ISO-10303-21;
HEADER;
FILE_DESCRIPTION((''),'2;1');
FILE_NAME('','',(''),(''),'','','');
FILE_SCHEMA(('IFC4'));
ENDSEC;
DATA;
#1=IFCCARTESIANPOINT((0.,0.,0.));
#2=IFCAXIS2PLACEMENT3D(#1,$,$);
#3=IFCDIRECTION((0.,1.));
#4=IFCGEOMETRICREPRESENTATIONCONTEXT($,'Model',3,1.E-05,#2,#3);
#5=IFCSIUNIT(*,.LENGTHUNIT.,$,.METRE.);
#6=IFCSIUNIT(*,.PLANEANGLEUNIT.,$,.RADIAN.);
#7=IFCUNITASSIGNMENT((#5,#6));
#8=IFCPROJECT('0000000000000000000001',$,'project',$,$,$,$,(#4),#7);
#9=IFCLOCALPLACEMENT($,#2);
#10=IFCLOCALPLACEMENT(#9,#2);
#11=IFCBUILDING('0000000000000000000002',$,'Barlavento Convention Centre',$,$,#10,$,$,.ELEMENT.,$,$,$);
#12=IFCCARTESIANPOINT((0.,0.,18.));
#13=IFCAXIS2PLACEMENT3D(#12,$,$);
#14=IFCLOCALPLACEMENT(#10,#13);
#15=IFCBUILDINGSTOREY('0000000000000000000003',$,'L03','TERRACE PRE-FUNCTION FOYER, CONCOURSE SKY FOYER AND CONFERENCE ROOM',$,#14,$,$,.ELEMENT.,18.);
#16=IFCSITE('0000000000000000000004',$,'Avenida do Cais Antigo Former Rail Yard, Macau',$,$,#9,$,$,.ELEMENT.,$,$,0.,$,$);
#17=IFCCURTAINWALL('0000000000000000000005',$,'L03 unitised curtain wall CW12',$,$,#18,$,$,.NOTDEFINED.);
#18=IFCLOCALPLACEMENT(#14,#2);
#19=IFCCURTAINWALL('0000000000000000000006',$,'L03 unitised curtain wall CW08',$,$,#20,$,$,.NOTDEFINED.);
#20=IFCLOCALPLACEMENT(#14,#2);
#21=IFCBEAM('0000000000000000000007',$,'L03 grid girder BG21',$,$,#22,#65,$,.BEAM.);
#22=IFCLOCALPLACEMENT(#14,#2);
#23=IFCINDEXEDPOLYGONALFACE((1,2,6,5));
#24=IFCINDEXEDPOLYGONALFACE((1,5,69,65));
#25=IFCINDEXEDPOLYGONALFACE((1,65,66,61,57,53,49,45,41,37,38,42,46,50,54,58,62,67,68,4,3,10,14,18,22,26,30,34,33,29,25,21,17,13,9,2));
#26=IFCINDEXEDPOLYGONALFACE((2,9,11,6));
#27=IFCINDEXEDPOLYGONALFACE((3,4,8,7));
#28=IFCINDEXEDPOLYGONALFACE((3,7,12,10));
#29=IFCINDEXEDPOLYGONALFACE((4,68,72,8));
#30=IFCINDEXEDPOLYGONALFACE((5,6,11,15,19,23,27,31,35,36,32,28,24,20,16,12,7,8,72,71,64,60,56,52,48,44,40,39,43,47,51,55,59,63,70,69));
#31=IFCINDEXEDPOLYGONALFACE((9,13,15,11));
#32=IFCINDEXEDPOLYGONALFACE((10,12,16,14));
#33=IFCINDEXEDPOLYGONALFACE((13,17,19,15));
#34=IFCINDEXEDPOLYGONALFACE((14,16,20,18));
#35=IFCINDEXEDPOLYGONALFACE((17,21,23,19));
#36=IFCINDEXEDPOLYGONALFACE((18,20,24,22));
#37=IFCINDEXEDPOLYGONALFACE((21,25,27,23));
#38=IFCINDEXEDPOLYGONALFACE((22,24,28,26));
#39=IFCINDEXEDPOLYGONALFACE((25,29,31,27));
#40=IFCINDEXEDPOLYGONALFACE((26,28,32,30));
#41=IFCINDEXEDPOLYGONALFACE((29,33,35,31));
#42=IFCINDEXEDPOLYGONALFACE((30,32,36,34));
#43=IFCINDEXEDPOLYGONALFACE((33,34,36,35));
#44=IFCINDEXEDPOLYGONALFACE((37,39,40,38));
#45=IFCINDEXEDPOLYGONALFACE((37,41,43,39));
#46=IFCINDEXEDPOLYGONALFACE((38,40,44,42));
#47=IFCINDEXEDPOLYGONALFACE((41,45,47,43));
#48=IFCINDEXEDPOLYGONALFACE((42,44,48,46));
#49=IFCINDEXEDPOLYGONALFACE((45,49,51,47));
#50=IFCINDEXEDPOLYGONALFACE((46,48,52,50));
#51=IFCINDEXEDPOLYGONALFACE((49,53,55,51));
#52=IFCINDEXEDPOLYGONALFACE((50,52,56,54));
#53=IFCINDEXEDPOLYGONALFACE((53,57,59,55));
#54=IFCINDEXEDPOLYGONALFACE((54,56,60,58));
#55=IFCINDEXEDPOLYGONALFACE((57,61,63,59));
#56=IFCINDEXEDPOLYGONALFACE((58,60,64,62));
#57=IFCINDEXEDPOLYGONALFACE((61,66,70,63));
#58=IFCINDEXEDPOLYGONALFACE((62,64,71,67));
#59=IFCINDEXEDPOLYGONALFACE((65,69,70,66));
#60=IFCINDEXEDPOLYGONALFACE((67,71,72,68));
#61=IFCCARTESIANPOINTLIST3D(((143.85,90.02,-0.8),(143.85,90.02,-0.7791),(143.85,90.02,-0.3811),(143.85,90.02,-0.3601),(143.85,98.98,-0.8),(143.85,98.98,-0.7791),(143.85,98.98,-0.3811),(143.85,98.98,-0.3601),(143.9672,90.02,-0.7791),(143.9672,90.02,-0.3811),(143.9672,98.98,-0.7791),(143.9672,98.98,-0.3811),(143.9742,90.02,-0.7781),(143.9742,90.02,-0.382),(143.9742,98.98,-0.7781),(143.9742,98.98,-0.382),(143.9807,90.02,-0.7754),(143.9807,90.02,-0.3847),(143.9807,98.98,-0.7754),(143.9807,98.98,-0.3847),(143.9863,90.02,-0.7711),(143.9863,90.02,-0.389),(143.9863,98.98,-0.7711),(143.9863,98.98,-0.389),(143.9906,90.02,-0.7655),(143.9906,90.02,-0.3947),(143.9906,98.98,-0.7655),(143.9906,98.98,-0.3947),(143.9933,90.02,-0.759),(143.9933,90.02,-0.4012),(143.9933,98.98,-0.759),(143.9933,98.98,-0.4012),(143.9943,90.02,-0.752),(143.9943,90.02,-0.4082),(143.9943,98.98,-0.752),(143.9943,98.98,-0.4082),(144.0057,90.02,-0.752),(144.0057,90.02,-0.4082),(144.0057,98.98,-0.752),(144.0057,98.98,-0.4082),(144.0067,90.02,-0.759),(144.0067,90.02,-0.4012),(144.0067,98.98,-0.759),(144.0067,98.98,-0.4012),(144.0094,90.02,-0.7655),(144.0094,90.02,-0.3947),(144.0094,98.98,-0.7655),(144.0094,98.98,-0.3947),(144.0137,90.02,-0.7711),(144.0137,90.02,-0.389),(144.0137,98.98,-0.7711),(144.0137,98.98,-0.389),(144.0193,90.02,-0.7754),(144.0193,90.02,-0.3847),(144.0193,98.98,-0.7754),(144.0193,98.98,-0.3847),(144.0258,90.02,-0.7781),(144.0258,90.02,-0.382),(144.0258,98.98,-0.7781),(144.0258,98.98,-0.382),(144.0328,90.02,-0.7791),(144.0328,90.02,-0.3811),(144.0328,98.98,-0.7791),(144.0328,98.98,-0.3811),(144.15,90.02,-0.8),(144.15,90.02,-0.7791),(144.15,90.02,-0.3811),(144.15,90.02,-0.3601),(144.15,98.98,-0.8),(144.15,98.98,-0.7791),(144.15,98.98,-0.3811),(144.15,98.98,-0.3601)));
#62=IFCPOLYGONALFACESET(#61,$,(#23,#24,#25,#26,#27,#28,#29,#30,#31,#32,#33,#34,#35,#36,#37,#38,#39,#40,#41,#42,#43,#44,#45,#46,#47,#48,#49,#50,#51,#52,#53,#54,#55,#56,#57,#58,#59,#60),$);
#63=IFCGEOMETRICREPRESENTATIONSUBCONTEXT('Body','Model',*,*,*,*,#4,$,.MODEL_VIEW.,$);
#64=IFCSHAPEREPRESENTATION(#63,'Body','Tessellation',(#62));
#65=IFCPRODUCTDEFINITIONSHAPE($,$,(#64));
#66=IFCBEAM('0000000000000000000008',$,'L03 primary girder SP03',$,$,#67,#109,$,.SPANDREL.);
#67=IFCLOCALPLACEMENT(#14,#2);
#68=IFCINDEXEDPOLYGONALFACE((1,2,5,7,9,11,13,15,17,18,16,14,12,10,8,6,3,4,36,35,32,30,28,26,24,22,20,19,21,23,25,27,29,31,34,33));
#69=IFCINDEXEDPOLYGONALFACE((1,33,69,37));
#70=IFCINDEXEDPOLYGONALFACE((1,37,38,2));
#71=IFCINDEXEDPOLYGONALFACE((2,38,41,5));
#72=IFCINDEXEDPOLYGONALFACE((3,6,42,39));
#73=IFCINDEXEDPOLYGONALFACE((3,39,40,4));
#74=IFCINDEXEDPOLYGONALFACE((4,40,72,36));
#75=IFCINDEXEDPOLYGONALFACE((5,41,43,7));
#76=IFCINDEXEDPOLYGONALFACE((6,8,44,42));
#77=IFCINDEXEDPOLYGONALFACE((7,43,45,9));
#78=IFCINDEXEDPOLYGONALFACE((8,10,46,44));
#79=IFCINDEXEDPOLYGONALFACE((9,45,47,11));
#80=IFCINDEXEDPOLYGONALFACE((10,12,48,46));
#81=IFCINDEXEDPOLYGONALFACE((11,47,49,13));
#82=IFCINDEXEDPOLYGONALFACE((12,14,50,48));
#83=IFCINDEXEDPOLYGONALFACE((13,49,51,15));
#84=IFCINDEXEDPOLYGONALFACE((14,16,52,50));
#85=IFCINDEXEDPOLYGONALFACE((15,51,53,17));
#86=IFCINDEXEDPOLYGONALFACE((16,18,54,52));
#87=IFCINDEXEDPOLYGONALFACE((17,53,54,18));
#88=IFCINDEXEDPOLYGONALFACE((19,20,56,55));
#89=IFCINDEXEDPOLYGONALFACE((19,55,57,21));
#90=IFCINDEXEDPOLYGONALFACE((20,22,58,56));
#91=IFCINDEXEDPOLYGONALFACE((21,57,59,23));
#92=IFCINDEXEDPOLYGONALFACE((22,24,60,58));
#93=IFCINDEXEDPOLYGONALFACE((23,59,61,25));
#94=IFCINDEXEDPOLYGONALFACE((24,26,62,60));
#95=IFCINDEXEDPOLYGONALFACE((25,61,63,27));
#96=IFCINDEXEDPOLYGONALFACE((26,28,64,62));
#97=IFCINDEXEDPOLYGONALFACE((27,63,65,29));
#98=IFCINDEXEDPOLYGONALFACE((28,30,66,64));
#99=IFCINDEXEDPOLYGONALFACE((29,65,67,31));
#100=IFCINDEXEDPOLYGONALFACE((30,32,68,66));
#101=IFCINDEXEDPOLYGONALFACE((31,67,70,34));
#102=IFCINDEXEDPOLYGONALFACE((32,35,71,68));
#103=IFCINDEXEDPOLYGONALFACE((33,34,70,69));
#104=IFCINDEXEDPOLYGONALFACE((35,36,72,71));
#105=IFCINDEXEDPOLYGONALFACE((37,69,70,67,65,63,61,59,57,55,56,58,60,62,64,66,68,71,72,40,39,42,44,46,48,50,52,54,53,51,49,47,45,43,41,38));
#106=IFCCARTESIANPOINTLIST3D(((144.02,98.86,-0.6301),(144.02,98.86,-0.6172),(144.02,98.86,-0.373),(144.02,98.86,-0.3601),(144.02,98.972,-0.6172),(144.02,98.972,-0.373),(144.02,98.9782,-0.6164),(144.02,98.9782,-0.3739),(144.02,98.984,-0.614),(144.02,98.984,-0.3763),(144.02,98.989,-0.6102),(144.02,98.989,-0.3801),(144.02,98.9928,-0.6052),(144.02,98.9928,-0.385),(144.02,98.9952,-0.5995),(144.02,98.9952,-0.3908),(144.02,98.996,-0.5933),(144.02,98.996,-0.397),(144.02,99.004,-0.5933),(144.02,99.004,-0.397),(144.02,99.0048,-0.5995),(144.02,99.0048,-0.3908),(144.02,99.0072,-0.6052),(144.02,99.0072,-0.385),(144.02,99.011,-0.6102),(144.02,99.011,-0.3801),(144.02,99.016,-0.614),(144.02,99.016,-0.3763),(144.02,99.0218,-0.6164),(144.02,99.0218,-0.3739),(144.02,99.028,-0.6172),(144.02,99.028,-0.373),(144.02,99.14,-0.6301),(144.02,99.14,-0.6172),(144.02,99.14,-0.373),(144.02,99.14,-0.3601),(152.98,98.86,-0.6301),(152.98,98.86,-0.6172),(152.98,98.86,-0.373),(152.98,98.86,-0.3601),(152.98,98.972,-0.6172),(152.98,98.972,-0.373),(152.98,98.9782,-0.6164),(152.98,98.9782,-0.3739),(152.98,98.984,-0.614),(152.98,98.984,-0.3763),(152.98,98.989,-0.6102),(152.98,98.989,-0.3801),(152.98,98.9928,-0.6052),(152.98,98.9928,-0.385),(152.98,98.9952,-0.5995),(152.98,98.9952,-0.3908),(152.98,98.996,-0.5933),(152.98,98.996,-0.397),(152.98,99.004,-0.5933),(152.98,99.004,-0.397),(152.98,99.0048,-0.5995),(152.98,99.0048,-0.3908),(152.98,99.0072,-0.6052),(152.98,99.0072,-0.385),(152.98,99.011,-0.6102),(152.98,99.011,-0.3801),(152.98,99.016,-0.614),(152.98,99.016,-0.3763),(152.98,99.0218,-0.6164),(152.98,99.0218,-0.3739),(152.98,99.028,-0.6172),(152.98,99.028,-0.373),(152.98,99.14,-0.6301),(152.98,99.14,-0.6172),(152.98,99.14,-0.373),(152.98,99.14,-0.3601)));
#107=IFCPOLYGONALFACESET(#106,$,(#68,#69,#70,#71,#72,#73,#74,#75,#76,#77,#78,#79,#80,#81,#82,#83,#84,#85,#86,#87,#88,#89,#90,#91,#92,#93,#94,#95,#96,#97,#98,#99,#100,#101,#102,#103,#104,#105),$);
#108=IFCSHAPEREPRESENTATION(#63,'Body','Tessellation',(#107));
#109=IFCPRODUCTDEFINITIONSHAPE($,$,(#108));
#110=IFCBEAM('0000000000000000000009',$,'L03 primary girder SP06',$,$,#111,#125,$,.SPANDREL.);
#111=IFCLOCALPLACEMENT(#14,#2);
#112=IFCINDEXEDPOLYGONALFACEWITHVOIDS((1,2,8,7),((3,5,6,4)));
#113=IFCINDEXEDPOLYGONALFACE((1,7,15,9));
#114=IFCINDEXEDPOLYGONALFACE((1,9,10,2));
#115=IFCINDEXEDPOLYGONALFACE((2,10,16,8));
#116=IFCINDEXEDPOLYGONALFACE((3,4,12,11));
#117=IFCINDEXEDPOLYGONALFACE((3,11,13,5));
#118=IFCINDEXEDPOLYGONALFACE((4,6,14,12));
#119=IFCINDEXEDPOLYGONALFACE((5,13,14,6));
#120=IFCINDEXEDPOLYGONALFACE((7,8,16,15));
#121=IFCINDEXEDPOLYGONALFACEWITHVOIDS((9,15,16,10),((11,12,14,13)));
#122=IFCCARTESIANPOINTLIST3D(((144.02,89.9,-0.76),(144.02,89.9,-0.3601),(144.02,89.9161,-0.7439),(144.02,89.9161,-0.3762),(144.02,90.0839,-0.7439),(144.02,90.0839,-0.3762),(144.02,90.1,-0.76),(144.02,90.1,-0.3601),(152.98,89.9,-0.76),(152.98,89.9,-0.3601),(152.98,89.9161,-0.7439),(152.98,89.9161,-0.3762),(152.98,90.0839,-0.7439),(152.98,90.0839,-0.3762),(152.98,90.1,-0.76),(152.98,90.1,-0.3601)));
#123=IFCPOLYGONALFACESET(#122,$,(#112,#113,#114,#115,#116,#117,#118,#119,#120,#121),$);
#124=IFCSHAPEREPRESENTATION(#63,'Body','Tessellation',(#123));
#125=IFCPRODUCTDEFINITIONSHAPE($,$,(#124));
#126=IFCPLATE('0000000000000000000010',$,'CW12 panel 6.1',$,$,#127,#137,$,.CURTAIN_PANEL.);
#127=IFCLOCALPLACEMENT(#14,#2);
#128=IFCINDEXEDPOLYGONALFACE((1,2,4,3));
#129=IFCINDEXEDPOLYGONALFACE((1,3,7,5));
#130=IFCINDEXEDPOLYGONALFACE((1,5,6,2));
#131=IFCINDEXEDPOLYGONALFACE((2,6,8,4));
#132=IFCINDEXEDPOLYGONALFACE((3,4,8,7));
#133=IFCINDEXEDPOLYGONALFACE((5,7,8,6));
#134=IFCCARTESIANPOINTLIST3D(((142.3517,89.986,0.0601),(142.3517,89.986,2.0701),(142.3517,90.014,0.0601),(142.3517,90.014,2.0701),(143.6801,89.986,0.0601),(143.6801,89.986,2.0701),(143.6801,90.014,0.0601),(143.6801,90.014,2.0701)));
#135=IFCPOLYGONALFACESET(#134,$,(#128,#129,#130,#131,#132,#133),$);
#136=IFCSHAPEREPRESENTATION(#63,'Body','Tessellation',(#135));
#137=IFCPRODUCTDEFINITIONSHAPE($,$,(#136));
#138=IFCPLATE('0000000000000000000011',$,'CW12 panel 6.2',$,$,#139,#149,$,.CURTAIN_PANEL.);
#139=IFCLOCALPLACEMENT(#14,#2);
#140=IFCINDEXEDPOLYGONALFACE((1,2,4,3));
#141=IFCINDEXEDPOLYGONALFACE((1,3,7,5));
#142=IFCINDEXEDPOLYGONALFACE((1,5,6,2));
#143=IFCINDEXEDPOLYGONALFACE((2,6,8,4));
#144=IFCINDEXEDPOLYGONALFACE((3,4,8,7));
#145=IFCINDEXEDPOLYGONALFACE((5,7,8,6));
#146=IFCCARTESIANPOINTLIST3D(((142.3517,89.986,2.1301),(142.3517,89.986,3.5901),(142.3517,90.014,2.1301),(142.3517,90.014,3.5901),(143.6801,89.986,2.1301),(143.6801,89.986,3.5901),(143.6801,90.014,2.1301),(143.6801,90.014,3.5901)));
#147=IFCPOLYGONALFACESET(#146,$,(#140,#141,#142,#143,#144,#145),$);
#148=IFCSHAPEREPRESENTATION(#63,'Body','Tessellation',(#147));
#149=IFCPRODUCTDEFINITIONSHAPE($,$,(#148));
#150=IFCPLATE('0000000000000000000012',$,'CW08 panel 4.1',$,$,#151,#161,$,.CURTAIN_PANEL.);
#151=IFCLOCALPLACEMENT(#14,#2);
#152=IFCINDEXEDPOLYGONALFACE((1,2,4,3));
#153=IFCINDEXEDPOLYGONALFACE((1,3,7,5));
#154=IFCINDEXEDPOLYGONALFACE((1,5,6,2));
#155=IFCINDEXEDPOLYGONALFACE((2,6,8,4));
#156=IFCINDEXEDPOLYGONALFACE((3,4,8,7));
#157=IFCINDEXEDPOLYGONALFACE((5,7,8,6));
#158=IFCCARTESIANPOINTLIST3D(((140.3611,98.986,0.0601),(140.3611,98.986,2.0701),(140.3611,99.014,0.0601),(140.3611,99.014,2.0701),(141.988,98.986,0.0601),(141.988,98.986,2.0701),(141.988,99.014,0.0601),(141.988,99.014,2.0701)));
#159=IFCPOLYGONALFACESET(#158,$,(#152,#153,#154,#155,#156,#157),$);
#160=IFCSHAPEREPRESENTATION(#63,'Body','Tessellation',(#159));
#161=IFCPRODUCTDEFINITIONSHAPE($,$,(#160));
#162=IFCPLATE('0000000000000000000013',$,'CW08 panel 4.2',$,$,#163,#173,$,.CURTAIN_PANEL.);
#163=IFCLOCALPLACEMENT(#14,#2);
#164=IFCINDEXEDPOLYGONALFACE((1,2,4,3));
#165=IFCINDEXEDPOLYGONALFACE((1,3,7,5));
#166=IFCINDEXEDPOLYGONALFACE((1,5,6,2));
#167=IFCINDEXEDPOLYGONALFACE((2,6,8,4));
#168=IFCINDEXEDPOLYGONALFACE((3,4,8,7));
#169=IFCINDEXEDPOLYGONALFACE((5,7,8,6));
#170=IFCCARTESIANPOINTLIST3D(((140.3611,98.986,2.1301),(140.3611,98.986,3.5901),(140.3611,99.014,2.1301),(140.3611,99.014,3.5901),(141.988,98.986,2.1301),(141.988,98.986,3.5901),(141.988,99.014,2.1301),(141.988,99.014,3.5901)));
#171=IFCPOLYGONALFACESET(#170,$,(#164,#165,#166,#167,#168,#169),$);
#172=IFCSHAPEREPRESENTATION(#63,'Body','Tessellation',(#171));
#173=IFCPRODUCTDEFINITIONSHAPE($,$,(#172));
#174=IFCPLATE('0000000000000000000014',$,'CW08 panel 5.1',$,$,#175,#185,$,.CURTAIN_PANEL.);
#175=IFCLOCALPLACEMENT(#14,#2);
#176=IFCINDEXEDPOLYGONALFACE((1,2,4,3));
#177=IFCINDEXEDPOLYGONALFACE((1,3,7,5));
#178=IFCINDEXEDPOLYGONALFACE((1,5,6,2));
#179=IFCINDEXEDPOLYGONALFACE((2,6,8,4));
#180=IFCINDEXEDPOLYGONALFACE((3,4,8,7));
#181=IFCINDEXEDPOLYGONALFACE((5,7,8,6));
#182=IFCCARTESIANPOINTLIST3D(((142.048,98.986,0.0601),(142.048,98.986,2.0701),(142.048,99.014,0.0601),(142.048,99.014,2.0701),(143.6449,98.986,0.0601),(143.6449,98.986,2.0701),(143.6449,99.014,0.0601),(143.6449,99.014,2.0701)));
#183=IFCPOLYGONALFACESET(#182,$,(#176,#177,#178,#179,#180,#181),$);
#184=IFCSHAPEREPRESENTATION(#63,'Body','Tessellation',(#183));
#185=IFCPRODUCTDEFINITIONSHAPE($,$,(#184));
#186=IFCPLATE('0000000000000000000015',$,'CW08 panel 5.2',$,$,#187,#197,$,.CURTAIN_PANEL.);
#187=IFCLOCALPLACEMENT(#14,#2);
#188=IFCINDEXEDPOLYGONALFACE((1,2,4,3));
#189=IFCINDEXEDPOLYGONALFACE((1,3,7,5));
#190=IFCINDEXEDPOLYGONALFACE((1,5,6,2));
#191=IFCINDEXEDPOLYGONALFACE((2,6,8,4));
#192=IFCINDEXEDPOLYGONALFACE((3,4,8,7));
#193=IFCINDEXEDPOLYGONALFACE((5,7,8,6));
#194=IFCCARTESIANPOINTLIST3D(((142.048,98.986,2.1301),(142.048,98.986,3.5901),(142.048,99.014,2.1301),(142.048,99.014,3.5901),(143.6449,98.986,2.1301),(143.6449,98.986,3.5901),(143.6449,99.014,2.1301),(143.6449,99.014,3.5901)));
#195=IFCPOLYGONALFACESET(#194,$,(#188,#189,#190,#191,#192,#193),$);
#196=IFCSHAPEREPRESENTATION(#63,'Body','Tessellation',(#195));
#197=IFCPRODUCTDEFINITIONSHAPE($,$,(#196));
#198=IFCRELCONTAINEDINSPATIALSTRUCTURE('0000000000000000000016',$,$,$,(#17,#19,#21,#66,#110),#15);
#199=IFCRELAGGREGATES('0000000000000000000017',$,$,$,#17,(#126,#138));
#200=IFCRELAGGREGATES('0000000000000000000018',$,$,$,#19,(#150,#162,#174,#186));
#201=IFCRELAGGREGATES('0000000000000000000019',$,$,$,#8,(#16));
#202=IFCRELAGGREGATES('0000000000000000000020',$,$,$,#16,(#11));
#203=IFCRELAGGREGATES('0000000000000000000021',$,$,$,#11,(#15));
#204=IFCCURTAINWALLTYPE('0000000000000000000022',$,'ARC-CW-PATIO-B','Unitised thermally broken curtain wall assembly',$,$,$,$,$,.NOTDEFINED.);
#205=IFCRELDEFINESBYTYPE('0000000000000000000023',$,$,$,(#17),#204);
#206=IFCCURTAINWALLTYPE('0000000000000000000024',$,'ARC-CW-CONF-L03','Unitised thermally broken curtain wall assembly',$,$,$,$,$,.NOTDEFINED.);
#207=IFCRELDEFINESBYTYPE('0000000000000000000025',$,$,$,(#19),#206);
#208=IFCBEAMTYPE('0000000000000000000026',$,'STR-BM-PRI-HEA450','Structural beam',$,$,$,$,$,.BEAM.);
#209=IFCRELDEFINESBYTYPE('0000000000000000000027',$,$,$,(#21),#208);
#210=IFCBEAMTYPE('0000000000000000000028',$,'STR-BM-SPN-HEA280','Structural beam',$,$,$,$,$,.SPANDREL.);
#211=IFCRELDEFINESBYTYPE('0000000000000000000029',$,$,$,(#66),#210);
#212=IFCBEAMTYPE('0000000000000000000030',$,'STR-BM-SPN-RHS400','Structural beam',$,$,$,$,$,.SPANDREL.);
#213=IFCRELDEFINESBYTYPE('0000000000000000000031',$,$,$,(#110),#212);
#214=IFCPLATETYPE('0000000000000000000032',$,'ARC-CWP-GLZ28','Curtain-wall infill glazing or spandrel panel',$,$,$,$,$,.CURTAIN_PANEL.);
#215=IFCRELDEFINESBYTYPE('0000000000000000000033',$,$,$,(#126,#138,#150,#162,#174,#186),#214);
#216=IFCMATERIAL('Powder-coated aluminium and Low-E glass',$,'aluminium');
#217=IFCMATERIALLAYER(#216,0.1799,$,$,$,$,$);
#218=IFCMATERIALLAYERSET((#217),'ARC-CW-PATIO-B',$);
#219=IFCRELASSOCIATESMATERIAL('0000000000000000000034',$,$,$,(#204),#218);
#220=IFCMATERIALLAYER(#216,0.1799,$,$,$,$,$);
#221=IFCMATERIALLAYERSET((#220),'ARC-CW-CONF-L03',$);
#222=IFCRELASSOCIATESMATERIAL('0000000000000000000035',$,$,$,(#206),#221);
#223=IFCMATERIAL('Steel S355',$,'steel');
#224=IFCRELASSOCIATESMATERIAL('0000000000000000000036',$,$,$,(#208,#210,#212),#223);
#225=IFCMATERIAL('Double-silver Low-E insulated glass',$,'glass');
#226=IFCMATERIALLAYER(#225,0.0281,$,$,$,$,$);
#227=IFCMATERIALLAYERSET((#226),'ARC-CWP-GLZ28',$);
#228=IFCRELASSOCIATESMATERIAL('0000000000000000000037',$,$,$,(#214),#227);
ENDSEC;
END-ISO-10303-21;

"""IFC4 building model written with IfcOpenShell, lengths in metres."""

from ifc_helpers import new_model, si_unit, direction, frame, origin, origin_2d, place, context, subcontext, project, spatial, rectangle, hollow_rectangle, i_section, extrude, material, layer, layer_set, material_profile, profile_set, type_object, element, aggregate, save


model = new_model("IFC4")

# Units and contexts
model_context = context("Model", 3, precision=1e-05, world=origin(), true_north=direction((0.0, 1.0)))
body_context = subcontext(model_context, "Body", "Model", "MODEL_VIEW")
ifc_project = project(units=[si_unit("LENGTHUNIT", "METRE"), si_unit("PLANEANGLEUNIT", "RADIAN")], contexts=[model_context])

# Site, building, storey
site_placement = place(None, origin())
site = spatial("IfcSite", under=ifc_project, at=site_placement, Name="Avenida do Cais Antigo Former Rail Yard, Macau", CompositionType="ELEMENT", RefElevation=0.0)
building_placement = place(site_placement, origin())
building = spatial("IfcBuilding", under=site, at=building_placement, Name="Barlavento Convention Centre", CompositionType="ELEMENT")
storey_placement = place(building_placement, frame((0.0, 0.0, 18.0)))
storey = spatial("IfcBuildingStorey", under=building, at=storey_placement, Name="L03", Description="TERRACE PRE-FUNCTION FOYER, CONCOURSE SKY FOYER AND CONFERENCE ROOM", CompositionType="ELEMENT", Elevation=18.0)

# Shared definitions
ifc_material_1 = material(Name="Steel S355", Category="steel")

# Curtain wall
ifc_material_2 = material(Name="Powder-coated aluminium and Low-E glass", Category="aluminium")
ifc_layer_1 = layer(ifc_material_2, 0.1799)
ifc_layer_set_1 = layer_set([ifc_layer_1], Name="ARC-CW-PATIO-B")
curtain_wall_type_1 = type_object("IfcCurtainWallType", Name="ARC-CW-PATIO-B", Description="Unitised thermally broken curtain wall assembly", PredefinedType="NOTDEFINED", material=ifc_layer_set_1)
curtain_wall_1_placement = place(storey_placement, origin())
curtain_wall_1 = element("IfcCurtainWall", 1, at=curtain_wall_1_placement, inside=storey, type_object=curtain_wall_type_1, Name="L03 unitised curtain wall CW12", PredefinedType="NOTDEFINED")

# Curtain wall
ifc_layer_2 = layer(ifc_material_2, 0.1799)
ifc_layer_set_2 = layer_set([ifc_layer_2], Name="ARC-CW-CONF-L03")
curtain_wall_type_2 = type_object("IfcCurtainWallType", Name="ARC-CW-CONF-L03", Description="Unitised thermally broken curtain wall assembly", PredefinedType="NOTDEFINED", material=ifc_layer_set_2)
curtain_wall_2_placement = place(storey_placement, origin())
curtain_wall_2 = element("IfcCurtainWall", 2, at=curtain_wall_2_placement, inside=storey, type_object=curtain_wall_type_2, Name="L03 unitised curtain wall CW08", PredefinedType="NOTDEFINED")

# Beams
ifc_material_profile_1 = material_profile(ifc_material_1, i_section(OverallWidth=0.3, OverallDepth=0.4399, WebThickness=0.0115, FlangeThickness=0.021, FilletRadius=0.0271, at=origin_2d()), Name="HEA 450")
ifc_profile_set_1 = profile_set([ifc_material_profile_1], Name="Steel S355")
beam_type_1 = type_object("IfcBeamType", Name="STR-BM-PRI-HEA450", Description="Structural beam", PredefinedType="BEAM", material=ifc_profile_set_1)
beam_1_placement = place(storey_placement, frame((144.0, 90.02, -0.5801), z_axis=(0.0, 1.0, 0.0), x_axis=(-1.0, 0.0, 0.0)))
element("IfcBeam", 3, at=beam_1_placement, inside=storey, type_object=beam_type_1, Name="L03 grid girder BG21", PredefinedType="BEAM", context=body_context, shape_type="SweptSolid", body=[
    extrude(i_section(OverallWidth=0.3, OverallDepth=0.4399, WebThickness=0.0115, FlangeThickness=0.021, FilletRadius=0.0271, at=origin_2d()), origin(), (0.0, 0.0, 1.0), 8.96),
])
ifc_material_profile_2 = material_profile(ifc_material_1, i_section(OverallWidth=0.28, OverallDepth=0.27, WebThickness=0.0081, FlangeThickness=0.0129, FilletRadius=0.0239, at=origin_2d()), Name="HEA 280")
ifc_profile_set_2 = profile_set([ifc_material_profile_2], Name="Steel S355")
beam_type_2 = type_object("IfcBeamType", Name="STR-BM-SPN-HEA280", Description="Structural beam", PredefinedType="SPANDREL", material=ifc_profile_set_2)
beam_2_placement = place(storey_placement, frame((144.02, 99.0, -0.4951), z_axis=(1.0, 0.0, 0.0), x_axis=(0.0, 1.0, 0.0)))
element("IfcBeam", 4, at=beam_2_placement, inside=storey, type_object=beam_type_2, Name="L03 primary girder SP03", PredefinedType="SPANDREL", context=body_context, shape_type="SweptSolid", body=[
    extrude(i_section(OverallWidth=0.28, OverallDepth=0.27, WebThickness=0.0081, FlangeThickness=0.0129, FilletRadius=0.0239, at=origin_2d()), origin(), (0.0, 0.0, 1.0), 8.96),
])
ifc_material_profile_3 = material_profile(ifc_material_1, hollow_rectangle(XDim=0.2, YDim=0.3999, WallThickness=0.0161, at=origin_2d()), Name="RHS 400x200x16.0")
ifc_profile_set_3 = profile_set([ifc_material_profile_3], Name="Steel S355")
beam_type_3 = type_object("IfcBeamType", Name="STR-BM-SPN-RHS400", Description="Structural beam", PredefinedType="SPANDREL", material=ifc_profile_set_3)
beam_3_placement = place(storey_placement, frame((144.02, 90.0, -0.5601), z_axis=(1.0, 0.0, 0.0), x_axis=(0.0, 1.0, 0.0)))
element("IfcBeam", 5, at=beam_3_placement, inside=storey, type_object=beam_type_3, Name="L03 primary girder SP06", PredefinedType="SPANDREL", context=body_context, shape_type="SweptSolid", body=[
    extrude(hollow_rectangle(XDim=0.2, YDim=0.3999, WallThickness=0.0161, at=origin_2d()), origin(), (0.0, 0.0, 1.0), 8.96),
])

# Plates
ifc_material_3 = material(Name="Double-silver Low-E insulated glass", Category="glass")
ifc_layer_3 = layer(ifc_material_3, 0.0281)
ifc_layer_set_3 = layer_set([ifc_layer_3], Name="ARC-CWP-GLZ28")
plate_type = type_object("IfcPlateType", Name="ARC-CWP-GLZ28", Description="Curtain-wall infill glazing or spandrel panel", PredefinedType="CURTAIN_PANEL", material=ifc_layer_set_3)
plate_1_placement = place(storey_placement, frame((143.0159, 90.0, 0.0601), z_axis=(0.0, 0.0, 1.0), x_axis=(1.0, 0.0, 0.0)))
plate_1 = element("IfcPlate", 6, at=plate_1_placement, type_object=plate_type, Name="CW12 panel 6.1", PredefinedType="CURTAIN_PANEL", context=body_context, shape_type="SweptSolid", body=[
    extrude(rectangle(XDim=1.3284, YDim=0.0281, at=origin_2d()), origin(), (0.0, 0.0, 1.0), 2.01),
])
plate_2_placement = place(storey_placement, frame((143.0159, 90.0, 2.1301), z_axis=(0.0, 0.0, 1.0), x_axis=(1.0, 0.0, 0.0)))
plate_2 = element("IfcPlate", 7, at=plate_2_placement, type_object=plate_type, Name="CW12 panel 6.2", PredefinedType="CURTAIN_PANEL", context=body_context, shape_type="SweptSolid", body=[
    extrude(rectangle(XDim=1.3284, YDim=0.0281, at=origin_2d()), origin(), (0.0, 0.0, 1.0), 1.46),
])
aggregate(curtain_wall_1, [plate_1, plate_2])
plate_3_placement = place(storey_placement, frame((141.1746, 99.0, 0.0601), z_axis=(0.0, 0.0, 1.0), x_axis=(1.0, 0.0, 0.0)))
plate_3 = element("IfcPlate", 8, at=plate_3_placement, type_object=plate_type, Name="CW08 panel 4.1", PredefinedType="CURTAIN_PANEL", context=body_context, shape_type="SweptSolid", body=[
    extrude(rectangle(XDim=1.627, YDim=0.0281, at=origin_2d()), origin(), (0.0, 0.0, 1.0), 2.01),
])
plate_4_placement = place(storey_placement, frame((141.1746, 99.0, 2.1301), z_axis=(0.0, 0.0, 1.0), x_axis=(1.0, 0.0, 0.0)))
plate_4 = element("IfcPlate", 9, at=plate_4_placement, type_object=plate_type, Name="CW08 panel 4.2", PredefinedType="CURTAIN_PANEL", context=body_context, shape_type="SweptSolid", body=[
    extrude(rectangle(XDim=1.627, YDim=0.0281, at=origin_2d()), origin(), (0.0, 0.0, 1.0), 1.46),
])
plate_5_placement = place(storey_placement, frame((142.8464, 99.0, 0.0601), z_axis=(0.0, 0.0, 1.0), x_axis=(1.0, 0.0, 0.0)))
plate_5 = element("IfcPlate", 10, at=plate_5_placement, type_object=plate_type, Name="CW08 panel 5.1", PredefinedType="CURTAIN_PANEL", context=body_context, shape_type="SweptSolid", body=[
    extrude(rectangle(XDim=1.5969, YDim=0.0281, at=origin_2d()), origin(), (0.0, 0.0, 1.0), 2.01),
])
plate_6_placement = place(storey_placement, frame((142.8464, 99.0, 2.1301), z_axis=(0.0, 0.0, 1.0), x_axis=(1.0, 0.0, 0.0)))
plate_6 = element("IfcPlate", 11, at=plate_6_placement, type_object=plate_type, Name="CW08 panel 5.2", PredefinedType="CURTAIN_PANEL", context=body_context, shape_type="SweptSolid", body=[
    extrude(rectangle(XDim=1.5969, YDim=0.0281, at=origin_2d()), origin(), (0.0, 0.0, 1.0), 1.46),
])
aggregate(curtain_wall_2, [plate_3, plate_4, plate_5, plate_6])

save(model, "model.ifc")
